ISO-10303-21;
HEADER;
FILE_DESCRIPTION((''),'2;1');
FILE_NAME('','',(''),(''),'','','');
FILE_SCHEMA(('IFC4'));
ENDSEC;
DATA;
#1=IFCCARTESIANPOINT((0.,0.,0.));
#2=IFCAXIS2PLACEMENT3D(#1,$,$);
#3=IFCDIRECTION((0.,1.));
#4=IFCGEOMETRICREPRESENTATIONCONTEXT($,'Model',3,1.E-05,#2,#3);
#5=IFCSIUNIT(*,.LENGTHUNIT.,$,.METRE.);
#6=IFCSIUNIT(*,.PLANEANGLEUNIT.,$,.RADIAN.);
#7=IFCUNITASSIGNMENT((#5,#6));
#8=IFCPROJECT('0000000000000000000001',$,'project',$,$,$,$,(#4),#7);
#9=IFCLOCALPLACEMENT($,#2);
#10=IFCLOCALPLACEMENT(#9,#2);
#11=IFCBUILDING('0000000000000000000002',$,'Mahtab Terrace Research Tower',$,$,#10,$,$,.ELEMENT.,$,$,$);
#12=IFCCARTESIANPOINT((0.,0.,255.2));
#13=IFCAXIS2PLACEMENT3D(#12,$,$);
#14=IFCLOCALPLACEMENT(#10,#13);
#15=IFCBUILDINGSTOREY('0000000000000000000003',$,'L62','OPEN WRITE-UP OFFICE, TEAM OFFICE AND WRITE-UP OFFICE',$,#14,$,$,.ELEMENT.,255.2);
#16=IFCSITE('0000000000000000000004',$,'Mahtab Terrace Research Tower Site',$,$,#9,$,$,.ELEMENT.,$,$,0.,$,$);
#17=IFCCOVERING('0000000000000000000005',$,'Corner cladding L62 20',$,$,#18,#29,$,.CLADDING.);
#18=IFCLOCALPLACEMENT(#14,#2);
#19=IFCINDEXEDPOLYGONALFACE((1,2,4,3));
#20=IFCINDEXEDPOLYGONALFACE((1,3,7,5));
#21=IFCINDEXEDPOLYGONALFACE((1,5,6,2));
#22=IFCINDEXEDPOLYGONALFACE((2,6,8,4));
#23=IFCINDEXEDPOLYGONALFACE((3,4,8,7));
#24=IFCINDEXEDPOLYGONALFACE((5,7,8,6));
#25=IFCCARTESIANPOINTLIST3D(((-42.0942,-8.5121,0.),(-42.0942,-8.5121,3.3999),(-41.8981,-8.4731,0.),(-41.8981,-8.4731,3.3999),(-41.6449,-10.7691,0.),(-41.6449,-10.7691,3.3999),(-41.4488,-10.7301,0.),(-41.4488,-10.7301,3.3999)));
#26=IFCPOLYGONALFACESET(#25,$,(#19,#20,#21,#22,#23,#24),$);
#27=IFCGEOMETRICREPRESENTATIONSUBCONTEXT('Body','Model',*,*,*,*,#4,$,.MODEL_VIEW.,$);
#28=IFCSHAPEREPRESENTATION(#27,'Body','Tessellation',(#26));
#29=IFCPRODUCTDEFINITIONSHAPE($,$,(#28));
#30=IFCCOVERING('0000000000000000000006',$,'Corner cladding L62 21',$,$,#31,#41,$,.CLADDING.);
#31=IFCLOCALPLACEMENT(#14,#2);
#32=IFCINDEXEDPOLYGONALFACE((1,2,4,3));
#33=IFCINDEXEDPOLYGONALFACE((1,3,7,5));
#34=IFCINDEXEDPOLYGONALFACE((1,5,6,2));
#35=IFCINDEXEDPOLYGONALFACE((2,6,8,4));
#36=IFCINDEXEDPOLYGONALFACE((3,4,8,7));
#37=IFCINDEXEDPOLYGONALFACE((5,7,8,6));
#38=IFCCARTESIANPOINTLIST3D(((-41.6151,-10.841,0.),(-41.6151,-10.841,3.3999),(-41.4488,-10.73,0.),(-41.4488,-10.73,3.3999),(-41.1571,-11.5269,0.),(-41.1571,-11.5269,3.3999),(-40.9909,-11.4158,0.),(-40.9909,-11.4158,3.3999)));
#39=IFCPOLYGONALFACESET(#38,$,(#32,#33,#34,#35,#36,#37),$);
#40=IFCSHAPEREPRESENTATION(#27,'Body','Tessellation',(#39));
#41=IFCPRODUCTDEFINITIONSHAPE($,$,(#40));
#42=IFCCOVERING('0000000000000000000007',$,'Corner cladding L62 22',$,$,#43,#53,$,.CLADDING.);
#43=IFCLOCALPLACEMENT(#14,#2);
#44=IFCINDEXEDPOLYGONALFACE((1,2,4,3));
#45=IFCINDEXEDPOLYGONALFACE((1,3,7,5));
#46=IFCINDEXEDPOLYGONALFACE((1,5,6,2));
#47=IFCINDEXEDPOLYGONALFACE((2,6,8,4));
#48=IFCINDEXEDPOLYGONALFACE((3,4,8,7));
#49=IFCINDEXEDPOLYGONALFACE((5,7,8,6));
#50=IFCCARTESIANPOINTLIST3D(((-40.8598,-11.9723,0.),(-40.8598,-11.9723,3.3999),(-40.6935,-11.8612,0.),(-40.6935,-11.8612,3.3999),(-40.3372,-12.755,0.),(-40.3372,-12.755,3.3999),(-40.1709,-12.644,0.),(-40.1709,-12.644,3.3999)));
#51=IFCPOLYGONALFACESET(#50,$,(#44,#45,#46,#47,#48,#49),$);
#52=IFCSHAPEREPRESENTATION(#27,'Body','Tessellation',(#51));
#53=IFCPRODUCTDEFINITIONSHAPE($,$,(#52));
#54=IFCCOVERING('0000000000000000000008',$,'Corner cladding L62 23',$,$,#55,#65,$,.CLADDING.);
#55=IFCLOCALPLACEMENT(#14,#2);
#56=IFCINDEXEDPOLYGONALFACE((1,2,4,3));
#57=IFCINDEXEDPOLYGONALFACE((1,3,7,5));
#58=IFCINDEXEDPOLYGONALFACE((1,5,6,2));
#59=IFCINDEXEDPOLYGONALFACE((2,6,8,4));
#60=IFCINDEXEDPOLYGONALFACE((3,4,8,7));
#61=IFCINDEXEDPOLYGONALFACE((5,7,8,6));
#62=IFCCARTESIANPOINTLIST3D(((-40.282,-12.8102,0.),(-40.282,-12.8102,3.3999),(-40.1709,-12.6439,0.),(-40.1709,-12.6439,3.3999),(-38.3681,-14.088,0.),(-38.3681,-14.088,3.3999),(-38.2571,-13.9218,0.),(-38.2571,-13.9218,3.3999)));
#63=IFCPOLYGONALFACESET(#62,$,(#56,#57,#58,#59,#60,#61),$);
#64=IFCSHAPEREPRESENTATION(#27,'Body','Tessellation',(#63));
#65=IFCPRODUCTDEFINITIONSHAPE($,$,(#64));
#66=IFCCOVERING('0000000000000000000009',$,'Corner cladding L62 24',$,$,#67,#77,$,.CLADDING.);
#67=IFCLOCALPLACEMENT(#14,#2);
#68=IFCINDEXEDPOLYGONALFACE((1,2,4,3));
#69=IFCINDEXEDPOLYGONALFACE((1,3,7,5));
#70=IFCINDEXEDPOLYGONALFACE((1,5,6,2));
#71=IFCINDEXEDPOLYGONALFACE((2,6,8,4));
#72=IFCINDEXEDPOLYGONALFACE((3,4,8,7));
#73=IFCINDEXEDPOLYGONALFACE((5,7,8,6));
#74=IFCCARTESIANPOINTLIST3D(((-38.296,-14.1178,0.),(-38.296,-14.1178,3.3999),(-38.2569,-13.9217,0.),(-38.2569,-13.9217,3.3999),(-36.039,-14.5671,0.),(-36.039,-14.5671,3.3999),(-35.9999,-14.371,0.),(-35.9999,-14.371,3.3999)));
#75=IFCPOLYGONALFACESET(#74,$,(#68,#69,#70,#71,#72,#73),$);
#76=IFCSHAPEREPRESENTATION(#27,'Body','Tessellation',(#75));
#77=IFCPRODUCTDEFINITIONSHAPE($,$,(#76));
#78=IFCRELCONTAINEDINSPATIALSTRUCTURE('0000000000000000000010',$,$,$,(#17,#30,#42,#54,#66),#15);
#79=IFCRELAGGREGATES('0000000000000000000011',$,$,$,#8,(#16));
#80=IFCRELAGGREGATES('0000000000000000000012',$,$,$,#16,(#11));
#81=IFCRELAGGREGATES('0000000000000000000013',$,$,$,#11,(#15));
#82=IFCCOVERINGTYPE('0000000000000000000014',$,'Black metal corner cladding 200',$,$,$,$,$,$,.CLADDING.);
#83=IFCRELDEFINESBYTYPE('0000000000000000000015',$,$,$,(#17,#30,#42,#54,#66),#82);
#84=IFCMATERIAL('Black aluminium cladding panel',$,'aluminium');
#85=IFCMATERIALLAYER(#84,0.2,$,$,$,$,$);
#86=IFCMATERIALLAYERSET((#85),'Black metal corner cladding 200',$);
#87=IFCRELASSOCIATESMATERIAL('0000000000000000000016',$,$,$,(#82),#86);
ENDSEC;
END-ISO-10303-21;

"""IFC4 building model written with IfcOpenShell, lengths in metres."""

from ifc_helpers import new_model, si_unit, direction, frame, origin, origin_2d, place, context, subcontext, project, spatial, rectangle, extrude, material, layer, layer_set, type_object, element, save


model = new_model("IFC4")

# Units and contexts
model_context = context("Model", 3, precision=1e-05, world=origin(), true_north=direction((0.0, 1.0)))
body_context = subcontext(model_context, "Body", "Model", "MODEL_VIEW")
ifc_project = project(units=[si_unit("LENGTHUNIT", "METRE"), si_unit("PLANEANGLEUNIT", "RADIAN")], contexts=[model_context])

# Site, building, storey
site_placement = place(None, origin())
site = spatial("IfcSite", under=ifc_project, at=site_placement, Name="Mahtab Terrace Research Tower Site", CompositionType="ELEMENT", RefElevation=0.0)
building_placement = place(site_placement, origin())
building = spatial("IfcBuilding", under=site, at=building_placement, Name="Mahtab Terrace Research Tower", CompositionType="ELEMENT")
storey_placement = place(building_placement, frame((0.0, 0.0, 255.2)))
storey = spatial("IfcBuildingStorey", under=building, at=storey_placement, Name="L62", Description="OPEN WRITE-UP OFFICE, TEAM OFFICE AND WRITE-UP OFFICE", CompositionType="ELEMENT", Elevation=255.2)

# Shared definitions
ifc_material_1 = material(Name="Black aluminium cladding panel", Category="aluminium")

# Coverings
ifc_layer_1 = layer(ifc_material_1, 0.2)
ifc_layer_set_1 = layer_set([ifc_layer_1], Name="Black metal corner cladding 200")
covering_type = type_object("IfcCoveringType", Name="Black metal corner cladding 200", PredefinedType="CLADDING", material=ifc_layer_set_1)
covering_1_placement = place(storey_placement, frame((-41.7715, -9.6211, 0.0), z_axis=(0.0, 0.0, 1.0), x_axis=(0.195212, -0.980761, 0.0)))
element("IfcCovering", 1, at=covering_1_placement, inside=storey, type_object=covering_type, Name="Corner cladding L62 20", PredefinedType="CLADDING", context=body_context, shape_type="SweptSolid", body=[
    extrude(rectangle(XDim=2.3013, YDim=0.2, at=origin_2d()), origin(), (0.0, 0.0, 1.0), 3.3999),
])
covering_2_placement = place(storey_placement, frame((-41.303, -11.1284, 0.0), z_axis=(0.0, 0.0, 1.0), x_axis=(0.555291, -0.831656, 0.0)))
element("IfcCovering", 2, at=covering_2_placement, inside=storey, type_object=covering_type, Name="Corner cladding L62 21", PredefinedType="CLADDING", context=body_context, shape_type="SweptSolid", body=[
    extrude(rectangle(XDim=0.8247, YDim=0.2, at=origin_2d()), origin(), (0.0, 0.0, 1.0), 3.3999),
])
covering_3_placement = place(storey_placement, frame((-40.5154, -12.3081, 0.0), z_axis=(0.0, 0.0, 1.0), x_axis=(0.555291, -0.831656, 0.0)))
element("IfcCovering", 3, at=covering_3_placement, inside=storey, type_object=covering_type, Name="Corner cladding L62 22", PredefinedType="CLADDING", context=body_context, shape_type="SweptSolid", body=[
    extrude(rectangle(XDim=0.9412, YDim=0.2, at=origin_2d()), origin(), (0.0, 0.0, 1.0), 3.3999),
])
for number, where, z_axis, x_axis, name in (
    (4, (-39.2695, -13.366, 0.0), (0.0, 0.0, 1.0), (0.831656, -0.555291, 0.0), "Corner cladding L62 23"),
    (5, (-37.1479, -14.2444, 0.0), (0.0, 0.0, 1.0), (0.980761, -0.195212, 0.0), "Corner cladding L62 24"),
):
    element("IfcCovering", number, at=place(storey_placement, frame(where, z_axis=z_axis, x_axis=x_axis)), inside=storey, type_object=covering_type, Name=name, PredefinedType="CLADDING", context=body_context, shape_type="SweptSolid", body=[
        extrude(rectangle(XDim=2.3013, YDim=0.2, at=origin_2d()), origin(), (0.0, 0.0, 1.0), 3.3999),
    ])

save(model, "model.ifc")
